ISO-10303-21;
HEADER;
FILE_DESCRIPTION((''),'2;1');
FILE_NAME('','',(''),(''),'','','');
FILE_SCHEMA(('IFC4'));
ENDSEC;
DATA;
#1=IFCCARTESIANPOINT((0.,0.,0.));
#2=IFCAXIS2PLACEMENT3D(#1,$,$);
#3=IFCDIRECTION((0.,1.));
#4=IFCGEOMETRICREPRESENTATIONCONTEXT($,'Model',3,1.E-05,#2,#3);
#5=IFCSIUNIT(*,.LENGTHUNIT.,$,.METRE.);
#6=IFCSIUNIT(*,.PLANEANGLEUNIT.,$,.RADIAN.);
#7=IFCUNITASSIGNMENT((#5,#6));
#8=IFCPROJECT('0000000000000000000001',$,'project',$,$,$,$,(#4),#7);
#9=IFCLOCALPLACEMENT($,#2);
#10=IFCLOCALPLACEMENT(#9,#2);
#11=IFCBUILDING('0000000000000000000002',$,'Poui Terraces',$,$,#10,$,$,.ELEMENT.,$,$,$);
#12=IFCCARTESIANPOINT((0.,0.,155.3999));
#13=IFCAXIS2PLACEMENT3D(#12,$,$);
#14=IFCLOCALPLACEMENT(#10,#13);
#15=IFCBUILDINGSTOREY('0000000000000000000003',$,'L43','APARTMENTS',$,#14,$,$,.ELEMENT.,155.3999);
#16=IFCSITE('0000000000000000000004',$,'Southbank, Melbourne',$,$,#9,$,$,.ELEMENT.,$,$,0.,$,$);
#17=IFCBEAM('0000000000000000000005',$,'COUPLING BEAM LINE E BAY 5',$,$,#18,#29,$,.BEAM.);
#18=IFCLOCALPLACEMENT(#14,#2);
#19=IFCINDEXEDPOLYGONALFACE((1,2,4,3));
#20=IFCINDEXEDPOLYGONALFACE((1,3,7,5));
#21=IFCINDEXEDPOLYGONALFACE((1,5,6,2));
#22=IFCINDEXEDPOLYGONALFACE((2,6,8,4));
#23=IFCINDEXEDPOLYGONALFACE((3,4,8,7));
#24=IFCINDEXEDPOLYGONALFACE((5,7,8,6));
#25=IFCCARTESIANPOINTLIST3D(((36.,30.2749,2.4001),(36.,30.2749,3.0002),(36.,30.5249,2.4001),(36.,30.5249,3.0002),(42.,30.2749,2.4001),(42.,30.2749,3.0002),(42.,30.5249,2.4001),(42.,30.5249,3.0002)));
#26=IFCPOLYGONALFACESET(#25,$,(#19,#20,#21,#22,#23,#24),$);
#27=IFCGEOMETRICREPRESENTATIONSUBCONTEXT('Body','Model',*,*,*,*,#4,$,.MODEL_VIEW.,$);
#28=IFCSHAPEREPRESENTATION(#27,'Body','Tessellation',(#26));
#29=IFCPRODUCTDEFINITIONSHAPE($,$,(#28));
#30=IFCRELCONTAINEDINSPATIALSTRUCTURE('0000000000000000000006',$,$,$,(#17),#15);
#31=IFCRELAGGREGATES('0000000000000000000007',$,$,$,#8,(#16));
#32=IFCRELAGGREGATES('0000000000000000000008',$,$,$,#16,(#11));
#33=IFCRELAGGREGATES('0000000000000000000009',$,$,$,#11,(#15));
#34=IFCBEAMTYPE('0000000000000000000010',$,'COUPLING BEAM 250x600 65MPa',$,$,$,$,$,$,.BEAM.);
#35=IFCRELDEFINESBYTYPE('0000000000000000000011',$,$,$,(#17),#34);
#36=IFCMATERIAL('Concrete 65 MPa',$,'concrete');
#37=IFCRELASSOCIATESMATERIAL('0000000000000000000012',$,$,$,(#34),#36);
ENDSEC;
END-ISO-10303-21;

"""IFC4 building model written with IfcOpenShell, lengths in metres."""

from ifc_helpers import new_model, si_unit, direction, frame, origin, origin_2d, place, context, subcontext, project, spatial, rectangle, extrude, source, transform, mapped, material, material_profile, profile_set, type_object, element, save


model = new_model("IFC4")

# Units and contexts
model_context = context("Model", 3, precision=1e-05, world=origin(), true_north=direction((0.0, 1.0)))
body_context = subcontext(model_context, "Body", "Model", "MODEL_VIEW")
ifc_project = project(units=[si_unit("LENGTHUNIT", "METRE"), si_unit("PLANEANGLEUNIT", "RADIAN")], contexts=[model_context])

# Site, building, storey
site_placement = place(None, origin())
site = spatial("IfcSite", under=ifc_project, at=site_placement, Name="Southbank, Melbourne", CompositionType="ELEMENT", RefElevation=0.0)
building_placement = place(site_placement, origin())
building = spatial("IfcBuilding", under=site, at=building_placement, Name="Poui Terraces", CompositionType="ELEMENT")
storey_placement = place(building_placement, frame((0.0, 0.0, 155.3999)))
storey = spatial("IfcBuildingStorey", under=building, at=storey_placement, Name="L43", Description="APARTMENTS", CompositionType="ELEMENT", Elevation=155.3999)

# Beam
ifc_material_1 = material(Name="Concrete 65 MPa", Category="concrete")
ifc_material_profile = material_profile(ifc_material_1, rectangle(XDim=0.25, YDim=0.6001, at=origin_2d()), Name="RC 250x600")
ifc_profile_set = profile_set([ifc_material_profile], Name="Concrete 65 MPa")
beam_type = type_object("IfcBeamType", Name="COUPLING BEAM 250x600 65MPa", PredefinedType="BEAM", material=ifc_profile_set)
shared_shape = source(origin(), body_context, "Body", "SweptSolid", [
    extrude(rectangle(XDim=0.25, YDim=0.6001, at=origin_2d()), origin(), (0.0, 0.0, 1.0), 6.0),
])
beam_placement = place(storey_placement, frame((36.0, 30.3999, 2.7002), z_axis=(1.0, 0.0, 0.0), x_axis=(0.0, 1.0, 0.0)))
element("IfcBeam", 1, at=beam_placement, inside=storey, type_object=beam_type, Name="COUPLING BEAM LINE E BAY 5", PredefinedType="BEAM", context=body_context, shape_type="MappedRepresentation", body=[
    mapped(shared_shape, transform((0.0, 0.0, 0.0))),
])

save(model, "model.ifc")
